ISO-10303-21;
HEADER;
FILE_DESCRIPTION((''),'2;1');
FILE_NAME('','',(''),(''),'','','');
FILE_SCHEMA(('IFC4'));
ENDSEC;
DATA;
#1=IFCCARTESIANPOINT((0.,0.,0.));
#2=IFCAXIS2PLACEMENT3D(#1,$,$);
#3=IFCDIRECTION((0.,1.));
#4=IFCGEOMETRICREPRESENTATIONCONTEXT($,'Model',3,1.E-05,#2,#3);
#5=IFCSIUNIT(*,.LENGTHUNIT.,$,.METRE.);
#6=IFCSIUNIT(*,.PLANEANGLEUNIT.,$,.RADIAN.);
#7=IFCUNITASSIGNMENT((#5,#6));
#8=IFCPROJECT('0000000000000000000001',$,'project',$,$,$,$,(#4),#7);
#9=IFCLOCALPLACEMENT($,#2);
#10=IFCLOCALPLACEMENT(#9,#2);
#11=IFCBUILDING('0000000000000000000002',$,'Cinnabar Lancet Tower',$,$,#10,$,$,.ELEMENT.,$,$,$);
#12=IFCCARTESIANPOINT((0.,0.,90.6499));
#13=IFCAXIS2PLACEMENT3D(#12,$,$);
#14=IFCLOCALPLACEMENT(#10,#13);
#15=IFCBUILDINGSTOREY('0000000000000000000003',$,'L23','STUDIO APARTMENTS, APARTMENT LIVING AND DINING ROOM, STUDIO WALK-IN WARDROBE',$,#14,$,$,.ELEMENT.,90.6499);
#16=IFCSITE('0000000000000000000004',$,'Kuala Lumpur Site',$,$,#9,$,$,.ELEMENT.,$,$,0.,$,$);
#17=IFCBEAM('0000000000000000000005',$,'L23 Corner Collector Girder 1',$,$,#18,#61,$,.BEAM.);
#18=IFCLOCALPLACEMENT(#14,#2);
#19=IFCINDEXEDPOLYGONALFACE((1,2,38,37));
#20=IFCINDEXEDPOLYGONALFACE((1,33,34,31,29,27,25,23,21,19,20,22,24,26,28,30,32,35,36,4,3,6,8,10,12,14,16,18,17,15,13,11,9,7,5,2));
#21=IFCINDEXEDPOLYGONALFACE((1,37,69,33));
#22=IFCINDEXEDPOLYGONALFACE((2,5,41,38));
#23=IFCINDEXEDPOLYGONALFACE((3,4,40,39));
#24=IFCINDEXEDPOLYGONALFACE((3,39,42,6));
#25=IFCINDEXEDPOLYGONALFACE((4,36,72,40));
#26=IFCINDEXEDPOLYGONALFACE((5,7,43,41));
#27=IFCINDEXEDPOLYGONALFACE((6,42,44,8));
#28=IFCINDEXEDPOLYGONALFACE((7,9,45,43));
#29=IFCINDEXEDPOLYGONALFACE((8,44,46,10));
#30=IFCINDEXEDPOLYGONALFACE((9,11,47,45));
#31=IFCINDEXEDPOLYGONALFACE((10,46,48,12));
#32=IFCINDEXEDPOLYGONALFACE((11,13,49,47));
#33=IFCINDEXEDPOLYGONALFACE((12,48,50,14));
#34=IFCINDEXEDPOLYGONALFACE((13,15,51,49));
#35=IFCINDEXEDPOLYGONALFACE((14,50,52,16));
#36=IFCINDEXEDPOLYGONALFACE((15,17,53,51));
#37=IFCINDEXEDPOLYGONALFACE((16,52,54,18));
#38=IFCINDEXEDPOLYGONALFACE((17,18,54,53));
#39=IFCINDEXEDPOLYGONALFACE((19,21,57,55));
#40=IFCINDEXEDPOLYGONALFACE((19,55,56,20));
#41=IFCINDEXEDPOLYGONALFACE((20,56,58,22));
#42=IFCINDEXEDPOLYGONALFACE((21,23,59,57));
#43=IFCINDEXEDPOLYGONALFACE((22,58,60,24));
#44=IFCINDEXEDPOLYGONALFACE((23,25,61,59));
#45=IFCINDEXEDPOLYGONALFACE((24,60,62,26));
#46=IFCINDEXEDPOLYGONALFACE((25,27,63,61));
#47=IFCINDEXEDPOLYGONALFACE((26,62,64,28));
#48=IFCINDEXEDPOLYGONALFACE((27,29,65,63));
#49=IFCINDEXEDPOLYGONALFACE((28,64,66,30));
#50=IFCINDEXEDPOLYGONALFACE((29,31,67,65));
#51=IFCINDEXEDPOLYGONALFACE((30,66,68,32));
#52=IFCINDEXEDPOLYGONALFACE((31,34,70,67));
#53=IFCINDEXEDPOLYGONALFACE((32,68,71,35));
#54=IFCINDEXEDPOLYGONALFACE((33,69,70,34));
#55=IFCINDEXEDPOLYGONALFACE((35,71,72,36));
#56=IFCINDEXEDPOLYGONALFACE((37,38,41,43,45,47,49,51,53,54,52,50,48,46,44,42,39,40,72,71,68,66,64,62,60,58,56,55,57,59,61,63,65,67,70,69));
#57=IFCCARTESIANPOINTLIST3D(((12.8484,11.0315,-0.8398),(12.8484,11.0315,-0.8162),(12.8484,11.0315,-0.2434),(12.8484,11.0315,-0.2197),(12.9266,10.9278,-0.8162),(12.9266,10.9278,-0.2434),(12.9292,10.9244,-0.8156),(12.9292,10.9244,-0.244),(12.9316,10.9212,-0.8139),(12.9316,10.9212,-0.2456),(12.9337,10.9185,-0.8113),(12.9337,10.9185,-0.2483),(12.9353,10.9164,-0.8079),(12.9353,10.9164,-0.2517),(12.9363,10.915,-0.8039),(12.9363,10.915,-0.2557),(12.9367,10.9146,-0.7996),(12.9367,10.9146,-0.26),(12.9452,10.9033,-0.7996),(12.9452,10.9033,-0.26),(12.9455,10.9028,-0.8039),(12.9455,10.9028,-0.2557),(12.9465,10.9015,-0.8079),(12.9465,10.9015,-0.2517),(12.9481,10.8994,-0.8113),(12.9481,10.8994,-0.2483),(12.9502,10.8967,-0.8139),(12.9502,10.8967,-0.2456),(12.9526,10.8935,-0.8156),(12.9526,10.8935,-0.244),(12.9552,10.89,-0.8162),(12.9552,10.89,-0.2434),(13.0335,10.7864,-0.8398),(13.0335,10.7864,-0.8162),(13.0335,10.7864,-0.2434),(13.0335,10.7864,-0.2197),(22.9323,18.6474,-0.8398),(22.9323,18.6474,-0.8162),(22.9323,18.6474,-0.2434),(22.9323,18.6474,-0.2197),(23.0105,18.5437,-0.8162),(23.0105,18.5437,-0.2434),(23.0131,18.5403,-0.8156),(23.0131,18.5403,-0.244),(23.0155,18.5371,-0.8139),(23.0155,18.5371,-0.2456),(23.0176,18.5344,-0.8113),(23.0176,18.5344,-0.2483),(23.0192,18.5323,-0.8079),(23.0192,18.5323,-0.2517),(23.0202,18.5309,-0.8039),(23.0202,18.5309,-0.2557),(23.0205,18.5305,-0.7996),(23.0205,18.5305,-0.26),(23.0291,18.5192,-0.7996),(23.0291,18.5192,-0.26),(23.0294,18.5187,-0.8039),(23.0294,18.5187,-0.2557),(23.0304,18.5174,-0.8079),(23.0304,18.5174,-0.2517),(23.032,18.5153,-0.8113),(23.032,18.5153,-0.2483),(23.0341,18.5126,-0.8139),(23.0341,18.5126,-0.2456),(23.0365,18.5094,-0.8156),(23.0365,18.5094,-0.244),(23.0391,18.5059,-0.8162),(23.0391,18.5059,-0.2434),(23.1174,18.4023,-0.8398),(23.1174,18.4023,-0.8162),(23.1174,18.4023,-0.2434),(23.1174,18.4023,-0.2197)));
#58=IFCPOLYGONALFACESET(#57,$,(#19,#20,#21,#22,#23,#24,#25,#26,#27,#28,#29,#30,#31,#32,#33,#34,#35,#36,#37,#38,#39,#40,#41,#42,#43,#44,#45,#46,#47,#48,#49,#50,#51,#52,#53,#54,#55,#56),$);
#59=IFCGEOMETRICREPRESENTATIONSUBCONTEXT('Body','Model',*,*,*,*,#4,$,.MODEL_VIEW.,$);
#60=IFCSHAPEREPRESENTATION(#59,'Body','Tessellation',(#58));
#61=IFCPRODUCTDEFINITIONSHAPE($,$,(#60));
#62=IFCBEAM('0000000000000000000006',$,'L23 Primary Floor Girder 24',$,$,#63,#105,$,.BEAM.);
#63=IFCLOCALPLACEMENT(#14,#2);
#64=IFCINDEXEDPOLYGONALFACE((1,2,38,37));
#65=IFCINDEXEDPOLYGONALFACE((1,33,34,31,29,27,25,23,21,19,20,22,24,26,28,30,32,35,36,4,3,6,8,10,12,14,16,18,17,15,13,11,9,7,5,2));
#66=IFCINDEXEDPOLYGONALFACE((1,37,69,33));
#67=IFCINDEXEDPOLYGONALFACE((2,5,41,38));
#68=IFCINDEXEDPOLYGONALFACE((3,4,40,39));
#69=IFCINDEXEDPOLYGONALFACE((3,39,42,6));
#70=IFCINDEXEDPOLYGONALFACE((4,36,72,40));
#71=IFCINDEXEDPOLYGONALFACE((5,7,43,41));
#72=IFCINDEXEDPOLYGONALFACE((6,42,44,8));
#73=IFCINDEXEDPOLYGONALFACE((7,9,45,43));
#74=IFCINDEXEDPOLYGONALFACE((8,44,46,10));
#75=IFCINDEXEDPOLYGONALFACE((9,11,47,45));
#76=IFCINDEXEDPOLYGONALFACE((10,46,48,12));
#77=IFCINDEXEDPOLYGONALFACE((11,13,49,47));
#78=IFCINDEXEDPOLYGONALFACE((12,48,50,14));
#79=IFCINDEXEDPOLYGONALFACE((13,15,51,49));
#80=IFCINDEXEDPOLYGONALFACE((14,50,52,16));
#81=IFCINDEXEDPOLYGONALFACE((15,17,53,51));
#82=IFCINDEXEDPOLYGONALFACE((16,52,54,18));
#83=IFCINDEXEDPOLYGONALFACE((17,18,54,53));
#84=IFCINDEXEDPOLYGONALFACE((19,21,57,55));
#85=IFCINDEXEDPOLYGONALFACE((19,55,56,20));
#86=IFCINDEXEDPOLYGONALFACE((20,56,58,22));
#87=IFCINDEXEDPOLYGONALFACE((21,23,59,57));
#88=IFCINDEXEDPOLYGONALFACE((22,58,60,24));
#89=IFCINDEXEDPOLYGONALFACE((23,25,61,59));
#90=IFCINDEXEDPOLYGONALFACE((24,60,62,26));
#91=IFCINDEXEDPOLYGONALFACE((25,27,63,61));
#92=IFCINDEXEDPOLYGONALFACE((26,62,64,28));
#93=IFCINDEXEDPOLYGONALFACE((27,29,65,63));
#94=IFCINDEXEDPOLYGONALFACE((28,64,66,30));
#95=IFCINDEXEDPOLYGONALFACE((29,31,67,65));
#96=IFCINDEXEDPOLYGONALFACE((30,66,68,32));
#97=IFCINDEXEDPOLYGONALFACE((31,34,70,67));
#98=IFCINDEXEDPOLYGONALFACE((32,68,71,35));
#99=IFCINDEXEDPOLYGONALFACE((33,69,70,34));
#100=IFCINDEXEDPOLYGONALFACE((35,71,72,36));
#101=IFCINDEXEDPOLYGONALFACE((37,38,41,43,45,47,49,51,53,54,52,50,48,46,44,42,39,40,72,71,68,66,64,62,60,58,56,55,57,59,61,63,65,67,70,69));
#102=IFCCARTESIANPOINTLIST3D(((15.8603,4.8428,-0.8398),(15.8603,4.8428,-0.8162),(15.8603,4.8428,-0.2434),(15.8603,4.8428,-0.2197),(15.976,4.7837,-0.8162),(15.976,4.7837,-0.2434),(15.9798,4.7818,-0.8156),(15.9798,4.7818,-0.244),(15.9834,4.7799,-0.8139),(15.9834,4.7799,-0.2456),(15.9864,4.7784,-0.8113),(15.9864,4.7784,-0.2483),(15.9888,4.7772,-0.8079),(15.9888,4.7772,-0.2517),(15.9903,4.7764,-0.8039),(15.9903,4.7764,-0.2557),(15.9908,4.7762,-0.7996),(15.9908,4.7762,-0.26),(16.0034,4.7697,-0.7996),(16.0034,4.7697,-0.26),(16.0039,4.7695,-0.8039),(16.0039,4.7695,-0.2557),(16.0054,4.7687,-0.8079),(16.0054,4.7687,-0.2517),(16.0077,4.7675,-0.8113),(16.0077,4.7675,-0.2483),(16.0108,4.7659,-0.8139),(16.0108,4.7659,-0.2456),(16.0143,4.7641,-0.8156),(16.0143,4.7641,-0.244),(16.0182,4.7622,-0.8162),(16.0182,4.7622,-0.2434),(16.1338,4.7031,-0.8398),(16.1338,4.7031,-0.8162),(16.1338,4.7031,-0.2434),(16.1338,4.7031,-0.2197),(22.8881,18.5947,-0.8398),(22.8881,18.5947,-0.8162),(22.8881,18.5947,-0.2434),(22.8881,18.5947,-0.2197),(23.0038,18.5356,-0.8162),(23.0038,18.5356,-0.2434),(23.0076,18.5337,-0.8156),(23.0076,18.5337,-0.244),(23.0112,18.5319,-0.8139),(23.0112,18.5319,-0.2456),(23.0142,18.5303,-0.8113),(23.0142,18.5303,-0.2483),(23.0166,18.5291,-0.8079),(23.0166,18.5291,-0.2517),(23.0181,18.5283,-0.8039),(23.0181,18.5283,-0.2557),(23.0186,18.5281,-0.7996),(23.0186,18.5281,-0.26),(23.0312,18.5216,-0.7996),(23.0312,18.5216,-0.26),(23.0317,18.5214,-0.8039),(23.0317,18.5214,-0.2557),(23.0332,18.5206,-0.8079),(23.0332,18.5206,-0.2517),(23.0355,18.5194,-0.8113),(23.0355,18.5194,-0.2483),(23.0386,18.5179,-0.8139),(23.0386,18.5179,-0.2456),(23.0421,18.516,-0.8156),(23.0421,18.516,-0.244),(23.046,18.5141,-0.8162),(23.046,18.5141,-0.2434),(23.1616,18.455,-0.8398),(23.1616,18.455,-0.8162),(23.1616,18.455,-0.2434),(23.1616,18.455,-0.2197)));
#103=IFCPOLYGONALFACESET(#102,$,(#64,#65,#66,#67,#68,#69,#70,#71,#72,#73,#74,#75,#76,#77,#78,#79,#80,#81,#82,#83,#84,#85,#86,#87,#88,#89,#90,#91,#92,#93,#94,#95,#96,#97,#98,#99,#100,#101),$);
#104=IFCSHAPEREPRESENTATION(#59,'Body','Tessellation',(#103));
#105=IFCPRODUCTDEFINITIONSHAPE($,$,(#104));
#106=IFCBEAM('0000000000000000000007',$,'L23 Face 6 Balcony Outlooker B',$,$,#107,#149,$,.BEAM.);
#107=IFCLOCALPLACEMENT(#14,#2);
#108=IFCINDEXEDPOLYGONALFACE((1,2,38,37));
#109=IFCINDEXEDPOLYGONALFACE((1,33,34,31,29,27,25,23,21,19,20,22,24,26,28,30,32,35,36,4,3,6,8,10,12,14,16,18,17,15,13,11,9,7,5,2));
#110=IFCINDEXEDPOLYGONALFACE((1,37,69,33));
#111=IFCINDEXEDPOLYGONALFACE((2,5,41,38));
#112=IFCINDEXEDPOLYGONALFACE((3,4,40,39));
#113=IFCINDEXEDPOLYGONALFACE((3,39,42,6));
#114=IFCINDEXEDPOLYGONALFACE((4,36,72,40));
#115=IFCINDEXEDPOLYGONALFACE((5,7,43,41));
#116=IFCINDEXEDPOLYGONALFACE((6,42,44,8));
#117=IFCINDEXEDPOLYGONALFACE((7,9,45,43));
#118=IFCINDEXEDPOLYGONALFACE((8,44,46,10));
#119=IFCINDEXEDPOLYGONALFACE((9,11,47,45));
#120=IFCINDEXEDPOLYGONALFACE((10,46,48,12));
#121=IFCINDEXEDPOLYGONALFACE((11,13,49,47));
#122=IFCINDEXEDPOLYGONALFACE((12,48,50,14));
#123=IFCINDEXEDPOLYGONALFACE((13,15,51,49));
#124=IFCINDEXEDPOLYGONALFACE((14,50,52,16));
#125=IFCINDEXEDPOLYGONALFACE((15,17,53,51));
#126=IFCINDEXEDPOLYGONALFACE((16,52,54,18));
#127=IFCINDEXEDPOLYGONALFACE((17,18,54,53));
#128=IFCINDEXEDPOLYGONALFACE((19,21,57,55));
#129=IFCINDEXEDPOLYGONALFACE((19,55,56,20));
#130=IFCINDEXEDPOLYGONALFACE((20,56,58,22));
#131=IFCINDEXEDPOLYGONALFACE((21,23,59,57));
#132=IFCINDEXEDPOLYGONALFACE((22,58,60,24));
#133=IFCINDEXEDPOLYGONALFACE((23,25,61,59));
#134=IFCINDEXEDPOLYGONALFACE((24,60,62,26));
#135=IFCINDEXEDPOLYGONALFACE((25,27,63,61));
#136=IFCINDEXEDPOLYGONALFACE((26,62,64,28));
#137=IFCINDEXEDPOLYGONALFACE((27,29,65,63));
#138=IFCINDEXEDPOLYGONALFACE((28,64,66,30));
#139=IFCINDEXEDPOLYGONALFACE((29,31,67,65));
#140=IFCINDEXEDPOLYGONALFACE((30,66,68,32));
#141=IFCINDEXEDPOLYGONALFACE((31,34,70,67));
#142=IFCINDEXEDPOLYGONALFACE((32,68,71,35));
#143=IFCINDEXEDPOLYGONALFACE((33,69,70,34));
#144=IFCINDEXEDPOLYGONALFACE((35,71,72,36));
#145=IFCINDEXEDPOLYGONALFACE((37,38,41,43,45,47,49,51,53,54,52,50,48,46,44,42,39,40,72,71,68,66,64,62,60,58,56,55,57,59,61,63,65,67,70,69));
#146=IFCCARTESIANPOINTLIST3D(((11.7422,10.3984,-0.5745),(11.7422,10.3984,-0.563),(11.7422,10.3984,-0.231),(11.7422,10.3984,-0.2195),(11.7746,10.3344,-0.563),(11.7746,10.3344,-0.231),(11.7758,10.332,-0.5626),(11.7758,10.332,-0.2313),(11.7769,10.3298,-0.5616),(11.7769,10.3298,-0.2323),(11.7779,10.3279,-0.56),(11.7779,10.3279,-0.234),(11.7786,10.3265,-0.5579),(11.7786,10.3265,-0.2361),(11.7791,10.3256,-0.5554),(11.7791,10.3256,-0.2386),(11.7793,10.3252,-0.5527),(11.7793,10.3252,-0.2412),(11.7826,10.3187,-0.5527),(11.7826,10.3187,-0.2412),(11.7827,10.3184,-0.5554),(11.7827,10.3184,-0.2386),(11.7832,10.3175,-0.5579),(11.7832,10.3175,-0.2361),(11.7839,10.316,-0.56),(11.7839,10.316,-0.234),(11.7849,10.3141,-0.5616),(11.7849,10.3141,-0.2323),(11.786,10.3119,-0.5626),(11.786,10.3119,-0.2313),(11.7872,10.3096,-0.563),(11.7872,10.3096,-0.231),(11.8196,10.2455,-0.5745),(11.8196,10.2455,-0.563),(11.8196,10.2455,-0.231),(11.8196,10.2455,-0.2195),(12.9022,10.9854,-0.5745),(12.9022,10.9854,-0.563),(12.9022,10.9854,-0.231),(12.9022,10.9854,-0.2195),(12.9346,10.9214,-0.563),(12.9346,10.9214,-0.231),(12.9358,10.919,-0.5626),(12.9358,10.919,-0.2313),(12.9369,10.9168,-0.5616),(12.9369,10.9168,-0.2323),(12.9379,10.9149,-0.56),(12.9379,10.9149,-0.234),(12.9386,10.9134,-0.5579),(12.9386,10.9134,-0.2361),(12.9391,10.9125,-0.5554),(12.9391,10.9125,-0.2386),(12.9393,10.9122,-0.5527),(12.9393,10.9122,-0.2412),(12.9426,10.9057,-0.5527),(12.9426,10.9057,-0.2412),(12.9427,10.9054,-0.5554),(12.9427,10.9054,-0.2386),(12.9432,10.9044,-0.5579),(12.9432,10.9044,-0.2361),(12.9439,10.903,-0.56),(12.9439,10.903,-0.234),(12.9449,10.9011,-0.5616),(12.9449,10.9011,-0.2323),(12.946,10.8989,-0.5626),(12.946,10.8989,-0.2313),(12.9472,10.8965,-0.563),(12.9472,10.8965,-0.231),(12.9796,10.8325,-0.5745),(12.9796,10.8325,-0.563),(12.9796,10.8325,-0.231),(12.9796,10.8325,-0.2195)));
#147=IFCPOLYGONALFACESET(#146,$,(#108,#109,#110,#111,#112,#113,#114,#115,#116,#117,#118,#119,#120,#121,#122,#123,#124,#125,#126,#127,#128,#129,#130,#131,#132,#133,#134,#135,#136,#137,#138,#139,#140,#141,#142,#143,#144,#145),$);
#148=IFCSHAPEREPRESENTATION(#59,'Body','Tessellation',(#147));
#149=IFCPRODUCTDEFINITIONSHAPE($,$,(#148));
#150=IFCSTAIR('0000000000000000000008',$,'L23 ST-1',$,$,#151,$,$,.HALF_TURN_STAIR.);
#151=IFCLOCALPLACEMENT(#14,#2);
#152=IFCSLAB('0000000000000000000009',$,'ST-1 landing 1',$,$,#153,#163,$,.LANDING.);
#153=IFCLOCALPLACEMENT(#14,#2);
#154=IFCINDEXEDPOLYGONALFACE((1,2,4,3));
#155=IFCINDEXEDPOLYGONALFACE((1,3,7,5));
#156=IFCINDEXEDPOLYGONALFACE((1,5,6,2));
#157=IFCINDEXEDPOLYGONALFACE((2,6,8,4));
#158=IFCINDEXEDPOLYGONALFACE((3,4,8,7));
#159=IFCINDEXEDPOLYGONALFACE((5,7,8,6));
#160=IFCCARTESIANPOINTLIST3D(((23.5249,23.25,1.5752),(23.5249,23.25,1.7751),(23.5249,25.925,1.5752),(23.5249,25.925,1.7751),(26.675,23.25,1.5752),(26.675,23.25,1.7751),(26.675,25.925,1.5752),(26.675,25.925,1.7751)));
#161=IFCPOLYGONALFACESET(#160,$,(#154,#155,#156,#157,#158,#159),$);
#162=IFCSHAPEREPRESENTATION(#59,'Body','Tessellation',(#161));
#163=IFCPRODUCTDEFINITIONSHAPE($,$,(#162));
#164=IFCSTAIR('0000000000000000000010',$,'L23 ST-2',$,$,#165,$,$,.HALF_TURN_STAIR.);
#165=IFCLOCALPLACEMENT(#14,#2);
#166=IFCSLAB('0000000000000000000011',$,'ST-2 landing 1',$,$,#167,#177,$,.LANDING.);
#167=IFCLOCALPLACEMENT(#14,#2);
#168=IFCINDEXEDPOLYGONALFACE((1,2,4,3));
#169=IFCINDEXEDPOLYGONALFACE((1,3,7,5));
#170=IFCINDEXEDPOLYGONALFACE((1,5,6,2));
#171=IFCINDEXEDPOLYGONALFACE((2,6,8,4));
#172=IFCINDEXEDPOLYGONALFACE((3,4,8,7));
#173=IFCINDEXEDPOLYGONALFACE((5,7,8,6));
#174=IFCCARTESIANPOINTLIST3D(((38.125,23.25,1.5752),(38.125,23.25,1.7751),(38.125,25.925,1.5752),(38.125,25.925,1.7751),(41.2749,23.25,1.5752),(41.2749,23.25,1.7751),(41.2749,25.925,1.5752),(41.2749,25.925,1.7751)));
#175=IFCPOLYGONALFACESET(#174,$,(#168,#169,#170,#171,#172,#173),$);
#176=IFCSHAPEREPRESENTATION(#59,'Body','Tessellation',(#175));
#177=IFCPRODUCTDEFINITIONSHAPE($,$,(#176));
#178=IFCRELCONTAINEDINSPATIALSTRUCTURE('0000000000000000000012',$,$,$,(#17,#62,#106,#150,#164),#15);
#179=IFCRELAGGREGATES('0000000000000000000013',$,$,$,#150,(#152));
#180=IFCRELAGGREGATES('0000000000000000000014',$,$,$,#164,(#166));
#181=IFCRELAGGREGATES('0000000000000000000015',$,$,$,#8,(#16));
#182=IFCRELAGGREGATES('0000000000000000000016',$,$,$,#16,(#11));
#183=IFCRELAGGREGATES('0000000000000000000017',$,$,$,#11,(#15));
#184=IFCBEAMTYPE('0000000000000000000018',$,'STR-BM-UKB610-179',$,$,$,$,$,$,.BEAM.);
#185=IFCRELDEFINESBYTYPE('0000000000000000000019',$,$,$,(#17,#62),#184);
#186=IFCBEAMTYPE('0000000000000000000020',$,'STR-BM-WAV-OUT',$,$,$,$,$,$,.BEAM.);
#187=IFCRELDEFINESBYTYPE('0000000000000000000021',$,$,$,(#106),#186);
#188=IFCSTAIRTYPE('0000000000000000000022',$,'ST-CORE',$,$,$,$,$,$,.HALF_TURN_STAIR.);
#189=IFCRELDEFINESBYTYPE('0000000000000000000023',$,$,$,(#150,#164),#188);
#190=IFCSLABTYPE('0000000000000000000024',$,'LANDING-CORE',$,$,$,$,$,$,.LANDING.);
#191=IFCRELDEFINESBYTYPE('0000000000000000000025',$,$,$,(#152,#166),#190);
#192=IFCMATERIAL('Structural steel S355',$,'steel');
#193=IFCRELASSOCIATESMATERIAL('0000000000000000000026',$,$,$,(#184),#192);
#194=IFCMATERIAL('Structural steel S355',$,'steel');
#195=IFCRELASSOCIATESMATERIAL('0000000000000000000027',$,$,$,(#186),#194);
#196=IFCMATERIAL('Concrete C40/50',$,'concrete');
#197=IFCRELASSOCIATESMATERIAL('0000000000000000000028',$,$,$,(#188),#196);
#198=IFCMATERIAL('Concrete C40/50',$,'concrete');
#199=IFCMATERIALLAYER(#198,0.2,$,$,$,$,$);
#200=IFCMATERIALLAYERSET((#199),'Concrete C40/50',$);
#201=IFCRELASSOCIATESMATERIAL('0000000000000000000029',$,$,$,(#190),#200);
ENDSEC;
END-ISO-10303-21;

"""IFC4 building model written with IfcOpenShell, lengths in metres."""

from ifc_helpers import new_model, si_unit, direction, frame, origin, origin_2d, place, context, subcontext, project, spatial, polyline, i_section, outline, extrude, material, layer, layer_set, material_profile, profile_set, type_object, element, aggregate, save


model = new_model("IFC4")

# Units and contexts
model_context = context("Model", 3, precision=1e-05, world=origin(), true_north=direction((0.0, 1.0)))
body_context = subcontext(model_context, "Body", "Model", "MODEL_VIEW")
ifc_project = project(units=[si_unit("LENGTHUNIT", "METRE"), si_unit("PLANEANGLEUNIT", "RADIAN")], contexts=[model_context])

# Site, building, storey
site_placement = place(None, origin())
site = spatial("IfcSite", under=ifc_project, at=site_placement, Name="Kuala Lumpur Site", CompositionType="ELEMENT", RefElevation=0.0)
building_placement = place(site_placement, origin())
building = spatial("IfcBuilding", under=site, at=building_placement, Name="Cinnabar Lancet Tower", CompositionType="ELEMENT")
storey_placement = place(building_placement, frame((0.0, 0.0, 90.6499)))
storey = spatial("IfcBuildingStorey", under=building, at=storey_placement, Name="L23", Description="STUDIO APARTMENTS, APARTMENT LIVING AND DINING ROOM, STUDIO WALK-IN WARDROBE", CompositionType="ELEMENT", Elevation=90.6499)

# Beams
ifc_material_1 = material(Name="Structural steel S355", Category="steel")
ifc_material_profile_1 = material_profile(ifc_material_1, i_section(OverallWidth=0.3071, OverallDepth=0.6201, WebThickness=0.0142, FlangeThickness=0.0237, FilletRadius=0.0166, at=origin_2d()), Name="UKB 610x305x179")
ifc_profile_set_1 = profile_set([ifc_material_profile_1], Name="Structural steel S355")
beam_type_1 = type_object("IfcBeamType", Name="STR-BM-UKB610-179", PredefinedType="BEAM", material=ifc_profile_set_1)
beam_1_placement = place(storey_placement, frame((12.9409, 10.9089, -0.5298), z_axis=(0.797983, 0.60268, 0.0), x_axis=(-0.60268, 0.797983, 0.0)))
element("IfcBeam", 1, at=beam_1_placement, inside=storey, type_object=beam_type_1, Name="L23 Corner Collector Girder 1", PredefinedType="BEAM", context=body_context, shape_type="SweptSolid", body=[
    extrude(i_section(OverallWidth=0.3071, OverallDepth=0.6201, WebThickness=0.0142, FlangeThickness=0.0237, FilletRadius=0.0166, at=origin_2d()), origin(), (0.0, 0.0, 1.0), 12.6367),
])
beam_2_placement = place(storey_placement, frame((15.9971, 4.7729, -0.5298), z_axis=(0.455063, 0.890459, 0.0), x_axis=(-0.890459, 0.455063, 0.0)))
element("IfcBeam", 2, at=beam_2_placement, inside=storey, type_object=beam_type_1, Name="L23 Primary Floor Girder 24", PredefinedType="BEAM", context=body_context, shape_type="SweptSolid", body=[
    extrude(i_section(OverallWidth=0.3071, OverallDepth=0.6201, WebThickness=0.0142, FlangeThickness=0.0237, FilletRadius=0.0166, at=origin_2d()), origin(), (0.0, 0.0, 1.0), 15.4436),
])
ifc_material_2 = material(Name="Structural steel S355", Category="steel")
ifc_material_profile_2 = material_profile(ifc_material_2, i_section(OverallWidth=0.1714, OverallDepth=0.355, WebThickness=0.0073, FlangeThickness=0.0115, FilletRadius=0.0103, at=origin_2d()), Name="UKB 356x171x51")
ifc_profile_set_2 = profile_set([ifc_material_profile_2], Name="Structural steel S355")
beam_type_2 = type_object("IfcBeamType", Name="STR-BM-WAV-OUT", PredefinedType="BEAM", material=ifc_profile_set_2)
beam_3_placement = place(storey_placement, frame((12.9409, 10.9089, -0.397), z_axis=(-0.892276, -0.45149, 0.0), x_axis=(0.45149, -0.892276, 0.0)))
element("IfcBeam", 3, at=beam_3_placement, inside=storey, type_object=beam_type_2, Name="L23 Face 6 Balcony Outlooker B", PredefinedType="BEAM", context=body_context, shape_type="SweptSolid", body=[
    extrude(i_section(OverallWidth=0.1714, OverallDepth=0.355, WebThickness=0.0073, FlangeThickness=0.0115, FilletRadius=0.0103, at=origin_2d()), origin(), (0.0, 0.0, 1.0), 1.3),
])

# Stairs, slabs
ifc_material_3 = material(Name="Concrete C40/50", Category="concrete")
stair_type = type_object("IfcStairType", Name="ST-CORE", PredefinedType="HALF_TURN_STAIR", material=ifc_material_3)
stair_1_placement = place(storey_placement, origin())
stair_1 = element("IfcStair", 4, at=stair_1_placement, inside=storey, type_object=stair_type, Name="L23 ST-1", PredefinedType="HALF_TURN_STAIR")
ifc_material_4 = material(Name="Concrete C40/50", Category="concrete")
ifc_layer_1 = layer(ifc_material_4, 0.2)
ifc_layer_set_1 = layer_set([ifc_layer_1], Name="Concrete C40/50")
slab_type_1 = type_object("IfcSlabType", Name="LANDING-CORE", PredefinedType="LANDING", material=ifc_layer_set_1)
slab_1_placement = place(storey_placement, frame((0.0, 0.0, 1.5752)))
slab_1 = element("IfcSlab", 5, at=slab_1_placement, type_object=slab_type_1, Name="ST-1 landing 1", PredefinedType="LANDING", context=body_context, shape_type="SweptSolid", body=[
    extrude(outline(polyline([(23.5249, 25.925), (23.5249, 23.25), (26.675, 23.25), (26.675, 25.925), (23.5249, 25.925)])), origin(), (0.0, 0.0, 1.0), 0.2),
])
aggregate(stair_1, [slab_1])
stair_2_placement = place(storey_placement, origin())
stair_2 = element("IfcStair", 6, at=stair_2_placement, inside=storey, type_object=stair_type, Name="L23 ST-2", PredefinedType="HALF_TURN_STAIR")
slab_2_placement = place(storey_placement, frame((0.0, 0.0, 1.5752)))
slab_2 = element("IfcSlab", 7, at=slab_2_placement, type_object=slab_type_1, Name="ST-2 landing 1", PredefinedType="LANDING", context=body_context, shape_type="SweptSolid", body=[
    extrude(outline(polyline([(38.125, 25.925), (38.125, 23.25), (41.2749, 23.25), (41.2749, 25.925), (38.125, 25.925)])), origin(), (0.0, 0.0, 1.0), 0.2),
])
aggregate(stair_2, [slab_2])

save(model, "model.ifc")
